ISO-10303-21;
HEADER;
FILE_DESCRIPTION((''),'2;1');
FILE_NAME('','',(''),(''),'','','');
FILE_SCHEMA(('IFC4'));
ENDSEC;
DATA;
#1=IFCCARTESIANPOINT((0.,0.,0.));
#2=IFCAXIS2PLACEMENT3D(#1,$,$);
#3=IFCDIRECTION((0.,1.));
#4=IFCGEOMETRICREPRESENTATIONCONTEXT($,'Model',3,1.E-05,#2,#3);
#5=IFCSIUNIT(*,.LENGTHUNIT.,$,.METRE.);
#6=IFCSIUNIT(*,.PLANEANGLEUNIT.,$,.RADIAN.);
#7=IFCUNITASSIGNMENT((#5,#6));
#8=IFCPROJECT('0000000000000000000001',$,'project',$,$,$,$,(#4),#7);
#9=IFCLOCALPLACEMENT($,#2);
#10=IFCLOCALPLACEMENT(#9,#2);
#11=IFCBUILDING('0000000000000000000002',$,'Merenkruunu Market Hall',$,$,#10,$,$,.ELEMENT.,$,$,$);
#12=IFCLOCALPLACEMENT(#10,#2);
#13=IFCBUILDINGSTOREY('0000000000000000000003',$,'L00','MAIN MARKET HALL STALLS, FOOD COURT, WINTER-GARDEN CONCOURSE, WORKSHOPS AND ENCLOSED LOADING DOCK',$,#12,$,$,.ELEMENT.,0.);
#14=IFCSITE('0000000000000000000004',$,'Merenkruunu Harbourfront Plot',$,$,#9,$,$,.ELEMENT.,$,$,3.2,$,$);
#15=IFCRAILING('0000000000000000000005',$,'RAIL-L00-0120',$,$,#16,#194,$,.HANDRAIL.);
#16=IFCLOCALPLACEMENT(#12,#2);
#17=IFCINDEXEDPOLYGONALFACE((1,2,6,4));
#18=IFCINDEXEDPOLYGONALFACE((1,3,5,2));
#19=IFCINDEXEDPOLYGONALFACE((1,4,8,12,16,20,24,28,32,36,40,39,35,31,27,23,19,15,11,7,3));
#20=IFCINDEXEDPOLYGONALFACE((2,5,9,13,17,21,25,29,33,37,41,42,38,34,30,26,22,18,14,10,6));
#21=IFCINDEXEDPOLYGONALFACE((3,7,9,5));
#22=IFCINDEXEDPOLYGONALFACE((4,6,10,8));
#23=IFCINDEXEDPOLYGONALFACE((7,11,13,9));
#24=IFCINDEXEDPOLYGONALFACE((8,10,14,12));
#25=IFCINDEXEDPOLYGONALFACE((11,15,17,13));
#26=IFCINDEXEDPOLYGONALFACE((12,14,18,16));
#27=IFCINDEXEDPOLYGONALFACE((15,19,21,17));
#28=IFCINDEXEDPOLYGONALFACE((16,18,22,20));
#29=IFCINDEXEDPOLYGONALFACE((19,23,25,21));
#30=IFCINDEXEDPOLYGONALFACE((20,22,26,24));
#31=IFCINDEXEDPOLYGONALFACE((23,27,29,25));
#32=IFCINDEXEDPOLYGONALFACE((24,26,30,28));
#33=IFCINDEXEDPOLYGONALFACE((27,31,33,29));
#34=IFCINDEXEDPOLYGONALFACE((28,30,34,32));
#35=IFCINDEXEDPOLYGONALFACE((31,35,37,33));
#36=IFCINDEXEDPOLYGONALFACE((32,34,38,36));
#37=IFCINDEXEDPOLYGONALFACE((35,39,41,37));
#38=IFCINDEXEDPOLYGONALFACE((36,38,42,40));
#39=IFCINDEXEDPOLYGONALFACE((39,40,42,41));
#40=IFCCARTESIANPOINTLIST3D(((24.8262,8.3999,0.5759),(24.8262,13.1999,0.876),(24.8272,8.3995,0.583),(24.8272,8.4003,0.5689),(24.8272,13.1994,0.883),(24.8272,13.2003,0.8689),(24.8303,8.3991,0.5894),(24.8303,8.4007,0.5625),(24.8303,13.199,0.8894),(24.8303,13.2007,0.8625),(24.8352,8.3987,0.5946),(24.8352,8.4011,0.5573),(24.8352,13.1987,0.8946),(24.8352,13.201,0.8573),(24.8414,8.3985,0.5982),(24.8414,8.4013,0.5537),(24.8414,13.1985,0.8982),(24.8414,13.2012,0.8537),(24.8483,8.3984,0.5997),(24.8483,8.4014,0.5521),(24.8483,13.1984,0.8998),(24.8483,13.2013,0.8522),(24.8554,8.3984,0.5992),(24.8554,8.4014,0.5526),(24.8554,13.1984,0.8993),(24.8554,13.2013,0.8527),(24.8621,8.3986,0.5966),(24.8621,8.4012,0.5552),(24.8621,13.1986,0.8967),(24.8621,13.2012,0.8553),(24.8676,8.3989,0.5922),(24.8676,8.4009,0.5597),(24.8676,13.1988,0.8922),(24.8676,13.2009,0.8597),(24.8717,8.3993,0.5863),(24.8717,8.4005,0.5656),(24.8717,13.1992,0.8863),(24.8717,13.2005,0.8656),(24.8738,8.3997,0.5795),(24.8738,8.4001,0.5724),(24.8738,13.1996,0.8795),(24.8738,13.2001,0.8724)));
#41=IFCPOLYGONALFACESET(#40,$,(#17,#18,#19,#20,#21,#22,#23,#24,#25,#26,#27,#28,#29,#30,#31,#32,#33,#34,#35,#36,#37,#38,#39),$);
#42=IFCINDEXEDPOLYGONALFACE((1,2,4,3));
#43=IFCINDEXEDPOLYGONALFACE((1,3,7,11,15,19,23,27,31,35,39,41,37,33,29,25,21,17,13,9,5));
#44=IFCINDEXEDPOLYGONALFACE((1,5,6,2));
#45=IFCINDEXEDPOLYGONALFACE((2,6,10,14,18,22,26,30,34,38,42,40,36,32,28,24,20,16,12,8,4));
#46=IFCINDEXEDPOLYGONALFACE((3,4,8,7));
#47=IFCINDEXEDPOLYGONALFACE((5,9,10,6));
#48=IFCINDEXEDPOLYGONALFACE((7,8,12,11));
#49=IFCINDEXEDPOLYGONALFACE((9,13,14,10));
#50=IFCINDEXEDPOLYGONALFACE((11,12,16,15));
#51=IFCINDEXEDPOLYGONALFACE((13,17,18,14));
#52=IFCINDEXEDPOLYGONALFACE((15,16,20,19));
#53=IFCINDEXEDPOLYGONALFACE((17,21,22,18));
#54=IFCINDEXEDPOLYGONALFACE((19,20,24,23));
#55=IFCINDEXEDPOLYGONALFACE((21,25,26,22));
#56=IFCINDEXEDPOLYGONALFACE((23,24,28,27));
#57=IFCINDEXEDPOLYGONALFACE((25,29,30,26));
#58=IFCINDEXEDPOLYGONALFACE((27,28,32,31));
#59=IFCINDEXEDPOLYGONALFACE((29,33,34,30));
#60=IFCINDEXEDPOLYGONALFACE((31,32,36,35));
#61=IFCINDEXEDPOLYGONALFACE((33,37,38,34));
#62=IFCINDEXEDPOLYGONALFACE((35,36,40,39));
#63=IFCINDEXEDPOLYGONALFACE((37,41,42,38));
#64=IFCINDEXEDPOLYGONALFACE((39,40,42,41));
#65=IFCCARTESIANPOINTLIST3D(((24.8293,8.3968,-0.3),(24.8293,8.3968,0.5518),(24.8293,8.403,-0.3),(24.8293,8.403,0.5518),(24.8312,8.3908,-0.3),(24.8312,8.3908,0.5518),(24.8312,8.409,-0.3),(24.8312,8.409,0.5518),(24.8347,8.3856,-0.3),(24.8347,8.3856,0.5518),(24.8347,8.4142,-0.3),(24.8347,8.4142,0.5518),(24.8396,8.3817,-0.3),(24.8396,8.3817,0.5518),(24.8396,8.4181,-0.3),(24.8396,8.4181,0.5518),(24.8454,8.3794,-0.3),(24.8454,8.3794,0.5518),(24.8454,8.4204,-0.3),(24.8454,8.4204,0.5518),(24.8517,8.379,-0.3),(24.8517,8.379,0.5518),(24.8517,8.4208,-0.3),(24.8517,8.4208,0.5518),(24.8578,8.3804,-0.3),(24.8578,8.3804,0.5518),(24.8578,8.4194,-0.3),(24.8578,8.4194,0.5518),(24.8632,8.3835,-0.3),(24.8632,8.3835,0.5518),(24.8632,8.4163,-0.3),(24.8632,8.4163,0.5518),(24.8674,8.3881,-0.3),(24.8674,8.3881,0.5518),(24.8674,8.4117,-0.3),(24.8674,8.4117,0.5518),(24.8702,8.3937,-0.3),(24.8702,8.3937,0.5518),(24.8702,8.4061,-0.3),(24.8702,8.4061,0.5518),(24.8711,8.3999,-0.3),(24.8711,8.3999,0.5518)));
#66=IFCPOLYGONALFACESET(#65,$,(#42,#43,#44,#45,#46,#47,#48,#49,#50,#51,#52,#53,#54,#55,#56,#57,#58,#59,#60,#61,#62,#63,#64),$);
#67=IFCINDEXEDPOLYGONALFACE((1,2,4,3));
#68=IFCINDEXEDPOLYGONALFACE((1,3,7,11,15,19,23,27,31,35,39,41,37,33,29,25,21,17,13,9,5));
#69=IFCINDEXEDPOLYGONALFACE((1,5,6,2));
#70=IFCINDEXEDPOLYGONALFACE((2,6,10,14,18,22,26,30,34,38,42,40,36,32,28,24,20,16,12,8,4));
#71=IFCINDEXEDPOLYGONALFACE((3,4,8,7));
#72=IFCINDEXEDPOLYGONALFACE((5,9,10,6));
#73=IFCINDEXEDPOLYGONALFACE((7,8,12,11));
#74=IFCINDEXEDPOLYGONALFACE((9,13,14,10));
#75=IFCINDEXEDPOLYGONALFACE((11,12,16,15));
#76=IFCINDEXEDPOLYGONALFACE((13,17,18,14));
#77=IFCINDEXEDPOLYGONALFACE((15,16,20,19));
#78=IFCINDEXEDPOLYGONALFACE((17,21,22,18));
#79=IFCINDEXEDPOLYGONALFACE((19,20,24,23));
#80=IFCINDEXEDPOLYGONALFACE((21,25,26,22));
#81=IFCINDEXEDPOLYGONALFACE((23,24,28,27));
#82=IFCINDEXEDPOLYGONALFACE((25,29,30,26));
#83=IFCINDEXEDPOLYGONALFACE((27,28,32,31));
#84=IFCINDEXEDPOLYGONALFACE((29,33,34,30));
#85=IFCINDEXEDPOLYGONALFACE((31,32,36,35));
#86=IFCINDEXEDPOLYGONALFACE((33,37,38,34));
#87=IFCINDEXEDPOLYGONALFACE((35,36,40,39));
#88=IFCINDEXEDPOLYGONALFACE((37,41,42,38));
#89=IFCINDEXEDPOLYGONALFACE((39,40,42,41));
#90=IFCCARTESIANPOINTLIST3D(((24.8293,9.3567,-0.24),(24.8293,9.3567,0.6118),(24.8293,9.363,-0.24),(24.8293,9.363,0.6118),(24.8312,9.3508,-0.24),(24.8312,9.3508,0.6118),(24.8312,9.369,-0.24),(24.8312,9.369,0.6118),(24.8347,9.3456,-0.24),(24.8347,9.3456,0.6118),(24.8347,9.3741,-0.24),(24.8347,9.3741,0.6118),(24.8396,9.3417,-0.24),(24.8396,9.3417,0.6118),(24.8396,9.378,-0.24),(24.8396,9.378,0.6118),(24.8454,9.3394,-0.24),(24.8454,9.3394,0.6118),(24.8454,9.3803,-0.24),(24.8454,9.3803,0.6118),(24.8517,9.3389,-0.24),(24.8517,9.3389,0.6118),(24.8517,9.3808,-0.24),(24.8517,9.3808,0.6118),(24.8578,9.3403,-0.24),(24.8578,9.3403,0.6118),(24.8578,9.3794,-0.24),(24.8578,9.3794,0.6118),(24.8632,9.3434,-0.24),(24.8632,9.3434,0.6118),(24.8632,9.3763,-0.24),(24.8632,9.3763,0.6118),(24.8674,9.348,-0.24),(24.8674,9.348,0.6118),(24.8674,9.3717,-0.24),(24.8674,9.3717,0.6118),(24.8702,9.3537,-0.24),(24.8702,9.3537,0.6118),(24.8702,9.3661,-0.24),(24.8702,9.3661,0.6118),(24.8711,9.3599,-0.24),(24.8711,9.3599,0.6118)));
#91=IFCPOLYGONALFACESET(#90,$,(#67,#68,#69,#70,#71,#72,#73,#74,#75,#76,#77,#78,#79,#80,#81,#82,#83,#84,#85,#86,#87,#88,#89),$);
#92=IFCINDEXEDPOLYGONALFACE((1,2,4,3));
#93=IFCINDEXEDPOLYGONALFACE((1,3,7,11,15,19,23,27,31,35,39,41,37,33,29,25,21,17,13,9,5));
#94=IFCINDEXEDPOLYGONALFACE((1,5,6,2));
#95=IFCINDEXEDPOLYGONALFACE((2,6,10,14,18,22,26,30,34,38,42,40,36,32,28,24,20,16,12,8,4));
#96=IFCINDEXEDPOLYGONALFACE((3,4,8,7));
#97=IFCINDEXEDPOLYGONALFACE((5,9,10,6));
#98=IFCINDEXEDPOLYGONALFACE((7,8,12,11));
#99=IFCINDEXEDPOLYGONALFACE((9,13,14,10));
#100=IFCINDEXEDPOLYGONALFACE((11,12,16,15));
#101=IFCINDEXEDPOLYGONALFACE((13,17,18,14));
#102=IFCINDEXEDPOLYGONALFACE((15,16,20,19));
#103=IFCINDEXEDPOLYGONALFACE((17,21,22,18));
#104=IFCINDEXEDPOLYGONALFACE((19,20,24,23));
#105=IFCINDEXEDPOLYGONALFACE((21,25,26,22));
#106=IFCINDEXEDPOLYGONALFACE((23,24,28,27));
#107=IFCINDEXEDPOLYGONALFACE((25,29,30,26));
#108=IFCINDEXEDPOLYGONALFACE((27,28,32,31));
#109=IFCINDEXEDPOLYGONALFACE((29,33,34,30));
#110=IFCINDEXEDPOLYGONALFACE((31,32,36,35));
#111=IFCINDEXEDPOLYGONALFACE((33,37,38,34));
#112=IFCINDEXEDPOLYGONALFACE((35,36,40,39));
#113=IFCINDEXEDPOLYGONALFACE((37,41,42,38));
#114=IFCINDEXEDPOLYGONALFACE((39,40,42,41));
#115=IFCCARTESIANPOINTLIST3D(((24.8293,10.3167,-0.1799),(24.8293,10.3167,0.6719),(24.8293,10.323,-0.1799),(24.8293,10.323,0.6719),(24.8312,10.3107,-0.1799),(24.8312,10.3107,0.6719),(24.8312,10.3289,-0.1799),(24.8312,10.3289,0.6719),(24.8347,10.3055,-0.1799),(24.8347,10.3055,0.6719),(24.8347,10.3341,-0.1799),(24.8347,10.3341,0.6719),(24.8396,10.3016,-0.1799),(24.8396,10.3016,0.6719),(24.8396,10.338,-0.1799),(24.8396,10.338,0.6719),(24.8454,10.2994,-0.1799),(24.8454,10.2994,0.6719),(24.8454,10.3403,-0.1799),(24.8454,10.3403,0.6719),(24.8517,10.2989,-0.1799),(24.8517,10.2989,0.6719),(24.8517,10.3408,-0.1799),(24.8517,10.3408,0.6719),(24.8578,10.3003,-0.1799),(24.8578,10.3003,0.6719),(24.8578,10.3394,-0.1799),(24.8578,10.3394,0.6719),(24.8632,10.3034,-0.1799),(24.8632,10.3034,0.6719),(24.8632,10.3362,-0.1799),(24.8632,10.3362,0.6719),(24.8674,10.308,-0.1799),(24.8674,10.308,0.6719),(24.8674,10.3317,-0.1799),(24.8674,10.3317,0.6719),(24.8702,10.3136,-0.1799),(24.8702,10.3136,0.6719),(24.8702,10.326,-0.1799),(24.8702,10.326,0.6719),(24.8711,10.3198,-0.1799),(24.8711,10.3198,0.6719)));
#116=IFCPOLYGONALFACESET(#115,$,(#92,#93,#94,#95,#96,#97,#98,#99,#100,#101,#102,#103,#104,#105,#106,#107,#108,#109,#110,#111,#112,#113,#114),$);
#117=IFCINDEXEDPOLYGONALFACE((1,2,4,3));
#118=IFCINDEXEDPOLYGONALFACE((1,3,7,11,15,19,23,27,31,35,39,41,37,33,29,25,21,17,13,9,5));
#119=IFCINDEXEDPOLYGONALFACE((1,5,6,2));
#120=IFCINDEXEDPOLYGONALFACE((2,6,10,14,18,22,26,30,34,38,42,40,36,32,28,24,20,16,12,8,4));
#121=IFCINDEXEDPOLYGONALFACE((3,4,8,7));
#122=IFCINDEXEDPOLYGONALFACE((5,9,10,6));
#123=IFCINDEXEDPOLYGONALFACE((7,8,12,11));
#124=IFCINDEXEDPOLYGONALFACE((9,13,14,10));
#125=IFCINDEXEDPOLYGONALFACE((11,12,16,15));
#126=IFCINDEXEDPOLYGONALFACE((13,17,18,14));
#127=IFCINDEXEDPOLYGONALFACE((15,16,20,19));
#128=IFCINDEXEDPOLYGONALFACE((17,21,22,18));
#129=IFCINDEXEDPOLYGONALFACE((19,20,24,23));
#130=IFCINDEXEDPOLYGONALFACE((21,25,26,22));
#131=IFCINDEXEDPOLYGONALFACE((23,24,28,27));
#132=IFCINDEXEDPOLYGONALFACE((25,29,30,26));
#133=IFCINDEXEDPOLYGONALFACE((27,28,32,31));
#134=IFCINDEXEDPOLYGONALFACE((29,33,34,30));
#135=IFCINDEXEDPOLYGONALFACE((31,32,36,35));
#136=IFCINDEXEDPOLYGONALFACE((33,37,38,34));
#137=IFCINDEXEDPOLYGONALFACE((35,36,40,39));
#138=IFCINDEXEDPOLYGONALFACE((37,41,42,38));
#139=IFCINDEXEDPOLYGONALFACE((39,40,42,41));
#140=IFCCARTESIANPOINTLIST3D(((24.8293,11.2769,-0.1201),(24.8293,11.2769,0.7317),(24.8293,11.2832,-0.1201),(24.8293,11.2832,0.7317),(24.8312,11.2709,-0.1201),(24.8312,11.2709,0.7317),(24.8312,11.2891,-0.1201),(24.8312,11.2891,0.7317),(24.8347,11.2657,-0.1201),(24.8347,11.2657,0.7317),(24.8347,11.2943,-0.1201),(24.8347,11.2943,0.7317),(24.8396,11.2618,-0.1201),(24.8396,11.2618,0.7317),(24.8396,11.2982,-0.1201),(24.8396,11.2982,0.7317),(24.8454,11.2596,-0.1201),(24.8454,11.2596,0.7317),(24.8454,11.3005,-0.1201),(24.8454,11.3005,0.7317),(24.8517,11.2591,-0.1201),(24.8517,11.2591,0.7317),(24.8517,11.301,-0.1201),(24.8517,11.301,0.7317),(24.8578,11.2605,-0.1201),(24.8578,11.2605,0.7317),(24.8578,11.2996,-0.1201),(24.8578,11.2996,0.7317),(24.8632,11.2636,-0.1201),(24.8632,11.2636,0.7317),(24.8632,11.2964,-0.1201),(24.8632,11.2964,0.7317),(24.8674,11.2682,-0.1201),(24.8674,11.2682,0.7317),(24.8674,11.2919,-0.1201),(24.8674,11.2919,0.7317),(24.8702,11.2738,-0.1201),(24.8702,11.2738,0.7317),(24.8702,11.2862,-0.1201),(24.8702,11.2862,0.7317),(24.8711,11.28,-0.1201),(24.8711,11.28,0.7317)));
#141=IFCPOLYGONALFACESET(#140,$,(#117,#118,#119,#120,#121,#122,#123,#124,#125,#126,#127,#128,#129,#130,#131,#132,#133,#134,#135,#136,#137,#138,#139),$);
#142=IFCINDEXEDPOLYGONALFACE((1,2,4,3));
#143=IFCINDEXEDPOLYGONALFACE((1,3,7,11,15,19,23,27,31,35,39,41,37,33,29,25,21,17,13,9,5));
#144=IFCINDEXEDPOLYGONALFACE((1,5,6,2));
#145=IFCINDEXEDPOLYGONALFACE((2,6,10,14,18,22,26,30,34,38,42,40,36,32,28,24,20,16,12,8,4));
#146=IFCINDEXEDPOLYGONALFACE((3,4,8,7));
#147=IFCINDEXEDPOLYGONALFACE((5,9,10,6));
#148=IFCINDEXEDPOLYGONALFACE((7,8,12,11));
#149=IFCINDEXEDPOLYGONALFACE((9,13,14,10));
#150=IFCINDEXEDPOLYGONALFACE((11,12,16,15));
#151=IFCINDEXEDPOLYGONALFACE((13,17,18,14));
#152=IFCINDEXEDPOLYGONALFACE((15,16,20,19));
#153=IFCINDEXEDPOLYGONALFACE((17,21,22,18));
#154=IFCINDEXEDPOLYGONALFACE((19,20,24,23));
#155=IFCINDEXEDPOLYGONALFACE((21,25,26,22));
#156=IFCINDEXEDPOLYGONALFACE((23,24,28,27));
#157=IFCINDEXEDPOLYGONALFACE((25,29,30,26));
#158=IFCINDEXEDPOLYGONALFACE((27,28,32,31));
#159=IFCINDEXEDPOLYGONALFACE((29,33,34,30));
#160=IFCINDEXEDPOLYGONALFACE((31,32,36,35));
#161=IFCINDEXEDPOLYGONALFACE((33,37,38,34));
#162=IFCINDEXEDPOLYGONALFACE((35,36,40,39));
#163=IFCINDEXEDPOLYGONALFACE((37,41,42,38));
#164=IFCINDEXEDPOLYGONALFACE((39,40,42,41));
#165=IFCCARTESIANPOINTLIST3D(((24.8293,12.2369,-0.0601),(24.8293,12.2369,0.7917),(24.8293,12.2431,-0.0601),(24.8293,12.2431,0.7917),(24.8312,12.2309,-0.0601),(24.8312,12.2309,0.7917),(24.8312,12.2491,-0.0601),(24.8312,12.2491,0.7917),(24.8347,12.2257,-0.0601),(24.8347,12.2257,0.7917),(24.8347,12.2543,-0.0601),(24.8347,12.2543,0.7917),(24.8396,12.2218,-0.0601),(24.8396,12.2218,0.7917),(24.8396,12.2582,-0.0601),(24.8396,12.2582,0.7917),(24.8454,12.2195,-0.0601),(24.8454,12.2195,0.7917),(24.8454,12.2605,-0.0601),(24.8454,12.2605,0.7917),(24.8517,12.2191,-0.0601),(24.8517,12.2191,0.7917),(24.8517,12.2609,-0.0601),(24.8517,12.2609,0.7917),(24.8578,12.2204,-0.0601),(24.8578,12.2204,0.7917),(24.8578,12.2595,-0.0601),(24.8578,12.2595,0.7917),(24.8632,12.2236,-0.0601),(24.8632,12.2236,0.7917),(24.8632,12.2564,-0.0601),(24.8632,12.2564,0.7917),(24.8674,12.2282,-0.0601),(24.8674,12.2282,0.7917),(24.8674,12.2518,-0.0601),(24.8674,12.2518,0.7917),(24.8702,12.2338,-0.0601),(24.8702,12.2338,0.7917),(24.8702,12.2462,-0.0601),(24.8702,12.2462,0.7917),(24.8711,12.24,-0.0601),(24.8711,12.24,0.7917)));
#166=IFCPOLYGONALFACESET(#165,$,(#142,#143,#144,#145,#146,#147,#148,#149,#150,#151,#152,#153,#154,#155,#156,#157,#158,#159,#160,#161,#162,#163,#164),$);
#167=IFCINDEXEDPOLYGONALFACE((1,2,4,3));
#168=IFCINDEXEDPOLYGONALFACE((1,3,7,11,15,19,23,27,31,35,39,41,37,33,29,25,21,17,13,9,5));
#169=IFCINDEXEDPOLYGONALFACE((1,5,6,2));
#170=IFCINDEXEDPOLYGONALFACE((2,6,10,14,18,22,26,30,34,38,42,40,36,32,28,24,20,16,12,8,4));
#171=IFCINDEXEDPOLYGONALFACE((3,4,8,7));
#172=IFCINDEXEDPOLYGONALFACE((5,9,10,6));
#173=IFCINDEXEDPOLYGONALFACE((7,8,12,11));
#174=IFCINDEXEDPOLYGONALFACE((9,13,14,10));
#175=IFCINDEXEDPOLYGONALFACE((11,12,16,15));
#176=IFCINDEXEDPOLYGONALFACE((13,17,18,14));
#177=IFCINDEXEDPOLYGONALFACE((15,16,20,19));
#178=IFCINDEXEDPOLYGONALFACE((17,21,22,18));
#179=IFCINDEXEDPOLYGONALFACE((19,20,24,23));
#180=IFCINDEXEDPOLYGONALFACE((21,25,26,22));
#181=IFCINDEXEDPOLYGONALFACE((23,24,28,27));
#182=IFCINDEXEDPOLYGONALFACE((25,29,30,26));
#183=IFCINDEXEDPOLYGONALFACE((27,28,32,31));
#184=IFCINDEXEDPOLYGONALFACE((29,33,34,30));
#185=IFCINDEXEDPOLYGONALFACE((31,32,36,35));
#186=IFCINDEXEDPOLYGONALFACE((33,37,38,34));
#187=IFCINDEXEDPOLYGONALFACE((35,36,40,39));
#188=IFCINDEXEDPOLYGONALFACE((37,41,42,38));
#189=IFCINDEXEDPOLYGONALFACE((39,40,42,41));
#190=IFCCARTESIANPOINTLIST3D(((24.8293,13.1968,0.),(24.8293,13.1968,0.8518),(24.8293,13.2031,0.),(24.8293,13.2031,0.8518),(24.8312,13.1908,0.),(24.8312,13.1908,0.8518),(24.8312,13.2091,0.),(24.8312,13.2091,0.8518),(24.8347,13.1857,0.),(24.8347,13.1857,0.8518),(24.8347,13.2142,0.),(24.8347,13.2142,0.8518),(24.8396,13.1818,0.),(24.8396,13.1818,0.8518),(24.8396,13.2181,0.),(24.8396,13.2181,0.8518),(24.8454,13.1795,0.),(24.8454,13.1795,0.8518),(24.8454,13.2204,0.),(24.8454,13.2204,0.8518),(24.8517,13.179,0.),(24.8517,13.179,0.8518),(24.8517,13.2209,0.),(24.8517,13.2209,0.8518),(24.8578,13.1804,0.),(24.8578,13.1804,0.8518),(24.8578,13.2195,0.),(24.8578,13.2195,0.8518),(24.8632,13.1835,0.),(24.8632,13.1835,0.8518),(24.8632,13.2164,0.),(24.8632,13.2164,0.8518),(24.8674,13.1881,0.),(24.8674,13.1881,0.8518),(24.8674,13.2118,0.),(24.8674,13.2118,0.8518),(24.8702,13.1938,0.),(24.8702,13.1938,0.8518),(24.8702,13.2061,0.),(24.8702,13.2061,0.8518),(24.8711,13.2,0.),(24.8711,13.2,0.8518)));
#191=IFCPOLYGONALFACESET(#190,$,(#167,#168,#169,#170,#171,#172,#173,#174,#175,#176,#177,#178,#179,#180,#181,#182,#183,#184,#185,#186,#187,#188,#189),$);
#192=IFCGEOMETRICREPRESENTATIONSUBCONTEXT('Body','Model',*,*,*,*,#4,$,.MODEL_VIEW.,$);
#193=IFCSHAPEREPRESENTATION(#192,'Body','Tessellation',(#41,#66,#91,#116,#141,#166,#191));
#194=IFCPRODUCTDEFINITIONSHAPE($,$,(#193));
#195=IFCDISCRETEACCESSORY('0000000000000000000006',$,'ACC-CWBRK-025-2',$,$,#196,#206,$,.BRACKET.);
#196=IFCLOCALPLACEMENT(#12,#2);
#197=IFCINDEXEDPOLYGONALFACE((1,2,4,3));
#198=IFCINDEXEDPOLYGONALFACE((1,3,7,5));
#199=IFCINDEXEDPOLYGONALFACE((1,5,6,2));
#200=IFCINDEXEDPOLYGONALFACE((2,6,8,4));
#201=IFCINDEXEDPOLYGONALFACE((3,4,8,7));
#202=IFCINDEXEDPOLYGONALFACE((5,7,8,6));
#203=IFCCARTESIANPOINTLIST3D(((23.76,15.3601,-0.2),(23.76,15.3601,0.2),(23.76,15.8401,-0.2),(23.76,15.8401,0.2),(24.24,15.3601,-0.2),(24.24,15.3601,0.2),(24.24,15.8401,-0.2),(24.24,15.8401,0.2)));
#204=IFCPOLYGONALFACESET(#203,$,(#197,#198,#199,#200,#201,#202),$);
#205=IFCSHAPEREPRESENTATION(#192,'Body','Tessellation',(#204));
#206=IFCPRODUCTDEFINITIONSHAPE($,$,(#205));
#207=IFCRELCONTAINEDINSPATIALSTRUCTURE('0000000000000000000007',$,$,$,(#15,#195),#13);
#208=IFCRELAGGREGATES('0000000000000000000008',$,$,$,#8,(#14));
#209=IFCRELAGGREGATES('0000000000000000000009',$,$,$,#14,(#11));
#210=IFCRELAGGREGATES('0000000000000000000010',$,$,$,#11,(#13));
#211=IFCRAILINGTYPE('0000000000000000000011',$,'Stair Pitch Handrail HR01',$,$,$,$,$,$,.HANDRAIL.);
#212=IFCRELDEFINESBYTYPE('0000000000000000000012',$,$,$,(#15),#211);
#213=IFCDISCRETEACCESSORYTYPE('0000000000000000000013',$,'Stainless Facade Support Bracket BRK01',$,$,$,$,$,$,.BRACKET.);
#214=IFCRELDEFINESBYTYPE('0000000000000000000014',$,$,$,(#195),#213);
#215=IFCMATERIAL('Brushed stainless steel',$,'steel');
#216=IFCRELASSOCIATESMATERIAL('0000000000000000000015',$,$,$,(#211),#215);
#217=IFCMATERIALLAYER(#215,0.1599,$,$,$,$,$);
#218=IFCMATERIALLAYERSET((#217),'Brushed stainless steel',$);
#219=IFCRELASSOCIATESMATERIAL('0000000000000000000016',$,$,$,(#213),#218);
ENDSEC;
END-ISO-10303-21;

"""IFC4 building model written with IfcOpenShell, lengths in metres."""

from ifc_helpers import new_model, si_unit, direction, frame, origin, origin_2d, place, context, subcontext, project, spatial, rectangle, circle, extrude, material, layer, layer_set, type_object, element, save


model = new_model("IFC4")

# Units and contexts
model_context = context("Model", 3, precision=1e-05, world=origin(), true_north=direction((0.0, 1.0)))
body_context = subcontext(model_context, "Body", "Model", "MODEL_VIEW")
ifc_project = project(units=[si_unit("LENGTHUNIT", "METRE"), si_unit("PLANEANGLEUNIT", "RADIAN")], contexts=[model_context])

# Site, building, storey
site_placement = place(None, origin())
site = spatial("IfcSite", under=ifc_project, at=site_placement, Name="Merenkruunu Harbourfront Plot", CompositionType="ELEMENT", RefElevation=3.2)
building_placement = place(site_placement, origin())
building = spatial("IfcBuilding", under=site, at=building_placement, Name="Merenkruunu Market Hall", CompositionType="ELEMENT")
storey_placement = place(building_placement, origin())
storey = spatial("IfcBuildingStorey", under=building, at=storey_placement, Name="L00", Description="MAIN MARKET HALL STALLS, FOOD COURT, WINTER-GARDEN CONCOURSE, WORKSHOPS AND ENCLOSED LOADING DOCK", CompositionType="ELEMENT", Elevation=0.0)

# Railing
ifc_material_1 = material(Name="Brushed stainless steel", Category="steel")
railing_type = type_object("IfcRailingType", Name="Stair Pitch Handrail HR01", PredefinedType="HANDRAIL", material=ifc_material_1)
for number, where, name in (
    (1, (24.8501, 8.3999, -0.3), "RAIL-L00-0120"),
):
    element("IfcRailing", number, at=place(storey_placement, frame(where)), inside=storey, type_object=railing_type, Name=name, PredefinedType="HANDRAIL", context=body_context, shape_type="SweptSolid", body=[
        extrude(circle(Radius=0.0239, at=origin_2d()), frame((0.0, 0.0, 0.876), z_axis=(0.0, 0.998052, 0.062388), x_axis=(-1.0, 0.0, 0.0)), (0.0, 0.0, 1.0), 4.8093),
        extrude(circle(Radius=0.021, at=origin_2d()), origin(), (0.0, 0.0, 1.0), 0.8518),
        extrude(circle(Radius=0.021, at=origin_2d()), frame((0.0, 0.96, 0.0601)), (0.0, 0.0, 1.0), 0.8518),
        extrude(circle(Radius=0.021, at=origin_2d()), frame((0.0, 1.9199, 0.1201)), (0.0, 0.0, 1.0), 0.8518),
        extrude(circle(Radius=0.021, at=origin_2d()), frame((0.0, 2.8801, 0.1799)), (0.0, 0.0, 1.0), 0.8518),
        extrude(circle(Radius=0.021, at=origin_2d()), frame((0.0, 3.8401, 0.24)), (0.0, 0.0, 1.0), 0.8518),
        extrude(circle(Radius=0.021, at=origin_2d()), frame((0.0, 4.8, 0.3)), (0.0, 0.0, 1.0), 0.8518),
    ])

# Discrete accessory
ifc_layer_1 = layer(ifc_material_1, 0.1599)
ifc_layer_set_1 = layer_set([ifc_layer_1], Name="Brushed stainless steel")
discrete_accessory_type = type_object("IfcDiscreteAccessoryType", Name="Stainless Facade Support Bracket BRK01", PredefinedType="BRACKET", material=ifc_layer_set_1)
discrete_accessory_1_placement = place(storey_placement, frame((24.0, 15.6001, -0.2), z_axis=(0.0, 0.0, 1.0), x_axis=(1.0, 0.0, 0.0)))
element("IfcDiscreteAccessory", 2, at=discrete_accessory_1_placement, inside=storey, type_object=discrete_accessory_type, Name="ACC-CWBRK-025-2", PredefinedType="BRACKET", context=body_context, shape_type="SweptSolid", body=[
    extrude(rectangle(XDim=0.48, YDim=0.48, at=origin_2d()), origin(), (0.0, 0.0, 1.0), 0.3999),
])

save(model, "model.ifc")
